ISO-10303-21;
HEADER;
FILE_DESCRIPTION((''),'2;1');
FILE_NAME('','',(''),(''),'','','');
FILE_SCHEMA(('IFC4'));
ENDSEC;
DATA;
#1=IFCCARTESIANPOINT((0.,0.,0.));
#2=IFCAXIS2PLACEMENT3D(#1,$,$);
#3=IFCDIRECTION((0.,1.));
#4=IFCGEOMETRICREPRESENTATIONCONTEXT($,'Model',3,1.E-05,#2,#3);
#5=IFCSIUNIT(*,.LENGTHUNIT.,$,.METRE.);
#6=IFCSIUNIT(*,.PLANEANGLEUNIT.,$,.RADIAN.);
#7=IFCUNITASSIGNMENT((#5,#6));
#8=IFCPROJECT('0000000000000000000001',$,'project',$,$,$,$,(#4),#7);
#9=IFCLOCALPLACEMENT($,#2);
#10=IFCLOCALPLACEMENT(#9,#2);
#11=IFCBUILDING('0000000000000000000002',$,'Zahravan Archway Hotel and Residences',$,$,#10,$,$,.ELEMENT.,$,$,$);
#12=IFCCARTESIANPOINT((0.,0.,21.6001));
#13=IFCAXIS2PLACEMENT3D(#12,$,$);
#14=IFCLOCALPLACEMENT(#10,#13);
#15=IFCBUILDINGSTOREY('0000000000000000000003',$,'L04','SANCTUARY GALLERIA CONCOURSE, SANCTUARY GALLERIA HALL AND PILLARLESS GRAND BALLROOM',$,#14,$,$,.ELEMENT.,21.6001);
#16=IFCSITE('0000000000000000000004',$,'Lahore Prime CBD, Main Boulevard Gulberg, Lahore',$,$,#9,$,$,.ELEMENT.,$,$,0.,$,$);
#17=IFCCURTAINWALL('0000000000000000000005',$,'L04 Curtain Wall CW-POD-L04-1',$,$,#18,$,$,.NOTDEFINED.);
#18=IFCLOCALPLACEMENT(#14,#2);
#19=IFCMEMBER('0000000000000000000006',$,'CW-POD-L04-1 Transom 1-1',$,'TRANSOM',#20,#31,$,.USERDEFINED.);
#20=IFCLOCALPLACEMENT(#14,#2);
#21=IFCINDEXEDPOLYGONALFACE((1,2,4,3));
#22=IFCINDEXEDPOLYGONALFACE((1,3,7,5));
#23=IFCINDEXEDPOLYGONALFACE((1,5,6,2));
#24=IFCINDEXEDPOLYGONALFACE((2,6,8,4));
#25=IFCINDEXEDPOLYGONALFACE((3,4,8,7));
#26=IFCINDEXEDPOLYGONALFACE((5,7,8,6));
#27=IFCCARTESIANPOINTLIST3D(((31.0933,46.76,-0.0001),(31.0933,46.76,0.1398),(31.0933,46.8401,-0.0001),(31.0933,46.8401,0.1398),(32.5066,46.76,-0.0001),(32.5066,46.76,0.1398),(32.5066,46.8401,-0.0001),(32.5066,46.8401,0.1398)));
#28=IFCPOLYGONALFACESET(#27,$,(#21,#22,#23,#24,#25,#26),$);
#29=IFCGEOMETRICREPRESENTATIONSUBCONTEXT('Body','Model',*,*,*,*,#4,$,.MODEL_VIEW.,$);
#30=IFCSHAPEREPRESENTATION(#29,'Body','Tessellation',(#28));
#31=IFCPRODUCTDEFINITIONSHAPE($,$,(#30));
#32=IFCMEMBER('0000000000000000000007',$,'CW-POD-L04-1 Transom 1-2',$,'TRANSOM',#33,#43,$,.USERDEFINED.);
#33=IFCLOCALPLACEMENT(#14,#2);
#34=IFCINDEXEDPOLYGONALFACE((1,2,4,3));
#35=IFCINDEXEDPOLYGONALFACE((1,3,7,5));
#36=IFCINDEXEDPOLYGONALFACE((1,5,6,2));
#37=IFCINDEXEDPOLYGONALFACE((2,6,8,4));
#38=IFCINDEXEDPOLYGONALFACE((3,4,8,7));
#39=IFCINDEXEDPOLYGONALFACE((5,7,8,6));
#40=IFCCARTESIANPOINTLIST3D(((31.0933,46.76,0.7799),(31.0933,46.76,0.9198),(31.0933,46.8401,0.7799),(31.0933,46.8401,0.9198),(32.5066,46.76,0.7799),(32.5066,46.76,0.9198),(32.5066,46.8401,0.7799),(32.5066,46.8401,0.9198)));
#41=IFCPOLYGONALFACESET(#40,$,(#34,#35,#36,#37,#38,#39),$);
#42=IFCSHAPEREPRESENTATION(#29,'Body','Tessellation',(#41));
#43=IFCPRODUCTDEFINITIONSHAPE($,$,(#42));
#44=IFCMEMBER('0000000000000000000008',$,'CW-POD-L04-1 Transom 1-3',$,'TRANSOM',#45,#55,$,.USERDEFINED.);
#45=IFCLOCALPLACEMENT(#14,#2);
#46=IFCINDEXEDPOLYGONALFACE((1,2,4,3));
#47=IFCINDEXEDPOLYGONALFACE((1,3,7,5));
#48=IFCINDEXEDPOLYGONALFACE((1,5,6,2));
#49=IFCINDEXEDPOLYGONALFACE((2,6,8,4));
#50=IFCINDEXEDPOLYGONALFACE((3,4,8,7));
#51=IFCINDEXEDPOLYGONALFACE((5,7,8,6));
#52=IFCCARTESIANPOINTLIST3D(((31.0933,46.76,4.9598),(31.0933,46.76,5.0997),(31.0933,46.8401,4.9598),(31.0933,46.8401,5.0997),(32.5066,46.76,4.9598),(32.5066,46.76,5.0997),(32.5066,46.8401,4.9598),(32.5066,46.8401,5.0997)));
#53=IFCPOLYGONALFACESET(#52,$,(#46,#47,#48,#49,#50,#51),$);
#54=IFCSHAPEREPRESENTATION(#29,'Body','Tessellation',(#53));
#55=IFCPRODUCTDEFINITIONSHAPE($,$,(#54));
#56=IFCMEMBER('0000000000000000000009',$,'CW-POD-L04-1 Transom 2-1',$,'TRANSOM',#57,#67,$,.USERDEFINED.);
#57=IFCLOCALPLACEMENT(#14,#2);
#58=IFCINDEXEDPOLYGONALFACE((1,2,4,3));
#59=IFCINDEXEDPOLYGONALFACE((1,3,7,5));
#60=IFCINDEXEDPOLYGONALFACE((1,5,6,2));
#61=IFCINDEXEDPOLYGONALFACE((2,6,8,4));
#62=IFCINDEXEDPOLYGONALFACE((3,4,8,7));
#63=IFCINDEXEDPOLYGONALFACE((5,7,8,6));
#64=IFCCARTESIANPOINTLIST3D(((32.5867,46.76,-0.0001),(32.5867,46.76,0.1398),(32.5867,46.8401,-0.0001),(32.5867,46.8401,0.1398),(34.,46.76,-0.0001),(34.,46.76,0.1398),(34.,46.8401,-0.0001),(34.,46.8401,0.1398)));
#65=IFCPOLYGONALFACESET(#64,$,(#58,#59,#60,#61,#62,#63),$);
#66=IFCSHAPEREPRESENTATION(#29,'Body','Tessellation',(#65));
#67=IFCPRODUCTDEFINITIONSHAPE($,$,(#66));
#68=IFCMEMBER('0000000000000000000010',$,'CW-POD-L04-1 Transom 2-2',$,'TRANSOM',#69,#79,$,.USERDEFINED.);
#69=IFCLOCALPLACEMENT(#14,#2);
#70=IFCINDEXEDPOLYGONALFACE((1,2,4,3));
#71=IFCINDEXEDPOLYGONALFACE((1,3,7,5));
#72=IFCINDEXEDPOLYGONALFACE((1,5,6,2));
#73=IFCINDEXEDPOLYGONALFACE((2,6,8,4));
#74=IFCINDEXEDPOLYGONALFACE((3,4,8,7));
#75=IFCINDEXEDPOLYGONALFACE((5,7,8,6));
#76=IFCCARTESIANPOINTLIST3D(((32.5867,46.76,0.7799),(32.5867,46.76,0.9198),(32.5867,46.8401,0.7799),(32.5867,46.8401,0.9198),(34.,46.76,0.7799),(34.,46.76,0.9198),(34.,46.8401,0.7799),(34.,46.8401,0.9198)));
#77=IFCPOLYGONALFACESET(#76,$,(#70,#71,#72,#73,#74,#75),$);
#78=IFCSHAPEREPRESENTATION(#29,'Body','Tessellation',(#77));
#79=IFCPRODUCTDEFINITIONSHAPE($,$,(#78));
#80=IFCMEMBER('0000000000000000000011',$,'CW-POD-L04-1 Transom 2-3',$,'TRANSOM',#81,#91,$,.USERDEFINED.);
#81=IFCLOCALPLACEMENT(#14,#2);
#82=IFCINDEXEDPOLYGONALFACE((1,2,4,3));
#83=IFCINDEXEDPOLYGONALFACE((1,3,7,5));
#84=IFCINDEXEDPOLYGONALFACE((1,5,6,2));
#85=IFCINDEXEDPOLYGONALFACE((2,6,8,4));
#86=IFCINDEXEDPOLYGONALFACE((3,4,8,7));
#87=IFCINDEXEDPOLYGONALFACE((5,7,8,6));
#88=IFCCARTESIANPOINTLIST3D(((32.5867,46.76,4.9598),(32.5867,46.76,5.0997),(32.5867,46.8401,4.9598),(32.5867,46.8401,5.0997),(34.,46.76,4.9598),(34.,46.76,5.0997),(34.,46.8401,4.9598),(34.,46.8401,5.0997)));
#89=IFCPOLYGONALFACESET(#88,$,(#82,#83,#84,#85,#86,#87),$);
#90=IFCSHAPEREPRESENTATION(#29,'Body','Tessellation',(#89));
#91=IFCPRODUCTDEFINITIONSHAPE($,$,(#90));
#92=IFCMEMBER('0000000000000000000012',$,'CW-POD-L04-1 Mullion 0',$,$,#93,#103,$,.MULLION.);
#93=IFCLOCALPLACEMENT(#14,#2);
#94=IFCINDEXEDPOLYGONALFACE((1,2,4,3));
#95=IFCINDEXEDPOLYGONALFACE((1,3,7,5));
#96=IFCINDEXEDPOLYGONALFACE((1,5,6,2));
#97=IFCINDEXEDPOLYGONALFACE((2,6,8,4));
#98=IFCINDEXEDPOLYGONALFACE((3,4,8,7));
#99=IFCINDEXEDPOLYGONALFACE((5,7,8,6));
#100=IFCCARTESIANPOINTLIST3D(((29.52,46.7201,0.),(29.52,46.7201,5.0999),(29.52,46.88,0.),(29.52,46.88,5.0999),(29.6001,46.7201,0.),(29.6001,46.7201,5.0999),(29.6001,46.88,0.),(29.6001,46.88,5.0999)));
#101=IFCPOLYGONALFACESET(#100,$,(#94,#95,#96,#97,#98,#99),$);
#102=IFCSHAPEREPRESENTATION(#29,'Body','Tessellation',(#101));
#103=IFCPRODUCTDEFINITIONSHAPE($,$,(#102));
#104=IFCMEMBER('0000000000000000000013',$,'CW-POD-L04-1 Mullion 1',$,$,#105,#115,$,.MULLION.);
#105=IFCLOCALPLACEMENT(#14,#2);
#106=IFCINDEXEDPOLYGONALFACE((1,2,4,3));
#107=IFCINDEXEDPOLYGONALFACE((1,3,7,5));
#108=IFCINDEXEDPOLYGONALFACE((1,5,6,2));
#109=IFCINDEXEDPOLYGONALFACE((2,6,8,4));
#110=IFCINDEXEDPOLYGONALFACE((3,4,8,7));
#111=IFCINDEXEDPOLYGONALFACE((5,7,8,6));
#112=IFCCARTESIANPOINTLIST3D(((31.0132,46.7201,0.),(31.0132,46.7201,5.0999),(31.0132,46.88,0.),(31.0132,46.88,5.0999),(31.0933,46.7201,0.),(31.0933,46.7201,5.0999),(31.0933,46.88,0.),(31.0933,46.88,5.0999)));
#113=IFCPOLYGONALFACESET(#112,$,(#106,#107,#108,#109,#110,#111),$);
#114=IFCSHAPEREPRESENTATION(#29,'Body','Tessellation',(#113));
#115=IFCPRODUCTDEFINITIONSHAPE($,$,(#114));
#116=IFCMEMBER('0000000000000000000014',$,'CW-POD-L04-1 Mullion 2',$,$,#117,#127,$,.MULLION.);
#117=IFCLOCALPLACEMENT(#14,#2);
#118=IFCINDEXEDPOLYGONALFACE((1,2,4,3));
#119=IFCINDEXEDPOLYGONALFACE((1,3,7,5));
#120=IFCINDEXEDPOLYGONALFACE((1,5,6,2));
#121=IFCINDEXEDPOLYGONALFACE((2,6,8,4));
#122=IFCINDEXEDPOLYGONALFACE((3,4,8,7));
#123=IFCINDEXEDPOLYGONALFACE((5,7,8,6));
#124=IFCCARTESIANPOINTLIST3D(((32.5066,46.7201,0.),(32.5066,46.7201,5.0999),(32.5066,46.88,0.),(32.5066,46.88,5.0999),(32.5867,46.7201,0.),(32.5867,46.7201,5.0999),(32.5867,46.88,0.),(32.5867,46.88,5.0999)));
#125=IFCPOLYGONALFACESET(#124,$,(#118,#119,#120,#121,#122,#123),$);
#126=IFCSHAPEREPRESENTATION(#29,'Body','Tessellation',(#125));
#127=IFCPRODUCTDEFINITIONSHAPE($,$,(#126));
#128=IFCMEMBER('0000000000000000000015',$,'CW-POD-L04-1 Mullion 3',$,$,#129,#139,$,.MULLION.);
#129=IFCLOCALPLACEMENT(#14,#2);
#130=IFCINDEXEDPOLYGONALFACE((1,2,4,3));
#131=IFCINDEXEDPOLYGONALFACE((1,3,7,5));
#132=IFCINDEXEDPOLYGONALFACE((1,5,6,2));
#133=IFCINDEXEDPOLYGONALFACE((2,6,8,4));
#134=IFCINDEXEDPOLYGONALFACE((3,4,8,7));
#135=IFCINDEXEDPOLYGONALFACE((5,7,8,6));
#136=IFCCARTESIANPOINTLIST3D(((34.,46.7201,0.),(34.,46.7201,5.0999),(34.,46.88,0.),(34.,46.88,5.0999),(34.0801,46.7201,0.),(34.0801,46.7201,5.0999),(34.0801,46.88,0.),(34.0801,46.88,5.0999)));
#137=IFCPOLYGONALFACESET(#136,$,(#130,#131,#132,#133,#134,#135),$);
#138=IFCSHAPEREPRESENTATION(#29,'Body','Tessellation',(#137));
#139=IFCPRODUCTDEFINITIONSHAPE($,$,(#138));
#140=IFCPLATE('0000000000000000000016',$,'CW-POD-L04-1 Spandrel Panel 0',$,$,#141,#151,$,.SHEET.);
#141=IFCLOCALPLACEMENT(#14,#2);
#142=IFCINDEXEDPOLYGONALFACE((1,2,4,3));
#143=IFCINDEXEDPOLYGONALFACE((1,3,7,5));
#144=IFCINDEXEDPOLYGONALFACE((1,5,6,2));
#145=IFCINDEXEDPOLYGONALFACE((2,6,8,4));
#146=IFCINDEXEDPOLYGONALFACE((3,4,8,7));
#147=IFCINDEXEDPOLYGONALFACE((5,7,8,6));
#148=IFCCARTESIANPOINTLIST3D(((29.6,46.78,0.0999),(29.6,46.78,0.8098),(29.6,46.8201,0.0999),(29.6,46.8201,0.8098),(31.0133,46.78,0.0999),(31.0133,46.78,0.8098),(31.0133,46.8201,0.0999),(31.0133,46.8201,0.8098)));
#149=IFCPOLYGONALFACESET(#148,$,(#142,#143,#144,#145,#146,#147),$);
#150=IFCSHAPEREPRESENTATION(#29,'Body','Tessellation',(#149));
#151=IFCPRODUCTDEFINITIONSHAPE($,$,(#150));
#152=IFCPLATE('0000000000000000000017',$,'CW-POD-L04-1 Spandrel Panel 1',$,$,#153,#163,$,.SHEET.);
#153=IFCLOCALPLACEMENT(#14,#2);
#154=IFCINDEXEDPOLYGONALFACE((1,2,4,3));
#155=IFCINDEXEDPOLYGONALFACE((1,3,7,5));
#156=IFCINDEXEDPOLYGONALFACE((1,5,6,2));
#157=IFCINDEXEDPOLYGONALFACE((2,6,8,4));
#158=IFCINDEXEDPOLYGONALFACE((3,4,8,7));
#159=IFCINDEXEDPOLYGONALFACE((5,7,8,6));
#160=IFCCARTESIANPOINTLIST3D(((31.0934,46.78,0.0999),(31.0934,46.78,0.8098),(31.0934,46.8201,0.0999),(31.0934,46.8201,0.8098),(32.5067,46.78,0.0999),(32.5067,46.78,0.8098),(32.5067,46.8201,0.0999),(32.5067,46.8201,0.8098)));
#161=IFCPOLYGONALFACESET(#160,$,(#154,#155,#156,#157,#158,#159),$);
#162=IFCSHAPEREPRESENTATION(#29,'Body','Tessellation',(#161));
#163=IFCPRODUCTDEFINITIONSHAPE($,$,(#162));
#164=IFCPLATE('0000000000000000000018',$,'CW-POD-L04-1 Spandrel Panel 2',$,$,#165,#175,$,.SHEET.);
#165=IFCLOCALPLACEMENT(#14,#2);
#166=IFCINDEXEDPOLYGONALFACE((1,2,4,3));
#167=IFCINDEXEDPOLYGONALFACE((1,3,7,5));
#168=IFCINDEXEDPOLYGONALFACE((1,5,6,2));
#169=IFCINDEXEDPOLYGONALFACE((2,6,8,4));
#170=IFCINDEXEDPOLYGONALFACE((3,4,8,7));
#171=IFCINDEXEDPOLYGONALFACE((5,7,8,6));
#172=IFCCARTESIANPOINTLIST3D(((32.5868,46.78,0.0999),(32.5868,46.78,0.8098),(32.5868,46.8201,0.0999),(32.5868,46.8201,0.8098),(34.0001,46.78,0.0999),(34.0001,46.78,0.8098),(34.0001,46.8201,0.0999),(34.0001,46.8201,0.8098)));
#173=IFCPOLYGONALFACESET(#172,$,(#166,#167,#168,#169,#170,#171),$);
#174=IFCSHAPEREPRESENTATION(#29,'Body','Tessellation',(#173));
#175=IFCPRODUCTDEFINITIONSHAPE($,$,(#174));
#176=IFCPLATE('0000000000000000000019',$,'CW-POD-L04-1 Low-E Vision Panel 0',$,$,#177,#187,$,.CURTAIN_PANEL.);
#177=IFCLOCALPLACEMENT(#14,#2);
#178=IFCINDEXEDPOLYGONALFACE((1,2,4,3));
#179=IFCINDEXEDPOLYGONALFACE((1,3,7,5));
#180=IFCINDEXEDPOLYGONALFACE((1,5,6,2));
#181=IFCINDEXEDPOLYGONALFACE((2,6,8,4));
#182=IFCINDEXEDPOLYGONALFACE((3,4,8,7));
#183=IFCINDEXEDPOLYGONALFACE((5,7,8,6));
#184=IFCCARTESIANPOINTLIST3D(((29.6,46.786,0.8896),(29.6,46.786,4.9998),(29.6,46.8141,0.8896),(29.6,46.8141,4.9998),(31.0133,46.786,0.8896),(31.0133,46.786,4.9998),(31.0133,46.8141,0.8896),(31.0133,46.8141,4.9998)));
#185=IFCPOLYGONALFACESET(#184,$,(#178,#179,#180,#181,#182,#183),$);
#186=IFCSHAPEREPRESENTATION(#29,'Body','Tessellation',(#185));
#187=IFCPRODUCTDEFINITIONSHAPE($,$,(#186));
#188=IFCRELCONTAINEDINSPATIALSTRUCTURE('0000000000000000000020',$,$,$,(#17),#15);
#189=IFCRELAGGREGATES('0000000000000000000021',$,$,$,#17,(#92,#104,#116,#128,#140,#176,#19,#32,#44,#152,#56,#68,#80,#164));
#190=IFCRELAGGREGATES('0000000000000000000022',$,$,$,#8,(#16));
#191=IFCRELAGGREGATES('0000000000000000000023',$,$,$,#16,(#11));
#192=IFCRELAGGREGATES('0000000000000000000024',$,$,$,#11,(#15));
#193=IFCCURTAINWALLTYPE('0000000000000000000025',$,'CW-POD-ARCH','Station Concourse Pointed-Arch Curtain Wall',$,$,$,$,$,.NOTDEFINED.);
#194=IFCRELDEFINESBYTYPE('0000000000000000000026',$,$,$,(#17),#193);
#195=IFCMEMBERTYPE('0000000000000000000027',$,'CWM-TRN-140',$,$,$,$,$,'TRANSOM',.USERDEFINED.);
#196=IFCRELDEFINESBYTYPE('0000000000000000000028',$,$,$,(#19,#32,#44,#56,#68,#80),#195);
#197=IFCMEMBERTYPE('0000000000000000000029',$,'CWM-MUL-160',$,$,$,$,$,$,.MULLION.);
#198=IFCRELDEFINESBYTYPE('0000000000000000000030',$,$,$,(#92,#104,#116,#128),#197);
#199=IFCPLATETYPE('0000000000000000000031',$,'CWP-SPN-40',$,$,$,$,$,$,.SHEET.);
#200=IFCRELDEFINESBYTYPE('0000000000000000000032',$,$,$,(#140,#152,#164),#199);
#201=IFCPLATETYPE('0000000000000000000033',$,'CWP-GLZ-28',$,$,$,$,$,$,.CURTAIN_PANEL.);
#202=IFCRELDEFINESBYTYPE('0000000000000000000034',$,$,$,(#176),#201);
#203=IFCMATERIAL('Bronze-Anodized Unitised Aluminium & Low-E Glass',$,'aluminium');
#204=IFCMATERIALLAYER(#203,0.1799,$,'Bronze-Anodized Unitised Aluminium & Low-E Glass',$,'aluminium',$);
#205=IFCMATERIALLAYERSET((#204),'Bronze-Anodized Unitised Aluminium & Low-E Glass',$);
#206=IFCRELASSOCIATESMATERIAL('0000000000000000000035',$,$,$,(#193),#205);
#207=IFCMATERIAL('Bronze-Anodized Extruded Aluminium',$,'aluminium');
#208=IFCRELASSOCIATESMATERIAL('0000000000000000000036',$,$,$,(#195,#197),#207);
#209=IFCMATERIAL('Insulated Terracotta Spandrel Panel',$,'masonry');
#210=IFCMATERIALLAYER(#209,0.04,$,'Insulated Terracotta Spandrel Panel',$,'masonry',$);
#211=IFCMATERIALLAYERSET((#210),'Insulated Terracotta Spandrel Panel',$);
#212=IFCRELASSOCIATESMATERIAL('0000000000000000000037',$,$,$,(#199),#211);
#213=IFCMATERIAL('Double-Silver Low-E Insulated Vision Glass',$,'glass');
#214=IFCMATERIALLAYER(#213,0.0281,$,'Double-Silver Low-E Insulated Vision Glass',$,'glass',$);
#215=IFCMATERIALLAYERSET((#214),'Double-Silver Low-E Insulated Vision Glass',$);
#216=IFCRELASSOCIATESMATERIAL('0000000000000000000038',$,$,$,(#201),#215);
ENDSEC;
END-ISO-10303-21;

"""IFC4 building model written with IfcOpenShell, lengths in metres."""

from ifc_helpers import new_model, si_unit, direction, frame, origin, origin_2d, place, context, subcontext, project, spatial, rectangle, extrude, source, transform, mapped, material, layer, layer_set, material_profile, profile_set, type_object, type_shapes, element, aggregate, save


model = new_model("IFC4")

# Units and contexts
model_context = context("Model", 3, precision=1e-05, world=origin(), true_north=direction((0.0, 1.0)))
body_context = subcontext(model_context, "Body", "Model", "MODEL_VIEW")
ifc_project = project(units=[si_unit("LENGTHUNIT", "METRE"), si_unit("PLANEANGLEUNIT", "RADIAN")], contexts=[model_context])

# Site, building, storey
site_placement = place(None, origin())
site = spatial("IfcSite", under=ifc_project, at=site_placement, Name="Lahore Prime CBD, Main Boulevard Gulberg, Lahore", CompositionType="ELEMENT", RefElevation=0.0)
building_placement = place(site_placement, origin())
building = spatial("IfcBuilding", under=site, at=building_placement, Name="Zahravan Archway Hotel and Residences", CompositionType="ELEMENT")
storey_placement = place(building_placement, frame((0.0, 0.0, 21.6001)))
storey = spatial("IfcBuildingStorey", under=building, at=storey_placement, Name="L04", Description="SANCTUARY GALLERIA CONCOURSE, SANCTUARY GALLERIA HALL AND PILLARLESS GRAND BALLROOM", CompositionType="ELEMENT", Elevation=21.6001)

# Curtain wall, members, plates
ifc_material_1 = material(Name="Bronze-Anodized Unitised Aluminium & Low-E Glass", Category="aluminium")
ifc_layer_1 = layer(ifc_material_1, 0.1799, Name="Bronze-Anodized Unitised Aluminium & Low-E Glass", Category="aluminium")
ifc_layer_set_1 = layer_set([ifc_layer_1], Name="Bronze-Anodized Unitised Aluminium & Low-E Glass")
curtain_wall_type = type_object("IfcCurtainWallType", Name="CW-POD-ARCH", Description="Station Concourse Pointed-Arch Curtain Wall", PredefinedType="NOTDEFINED", material=ifc_layer_set_1)
curtain_wall_placement = place(storey_placement, origin())
curtain_wall = element("IfcCurtainWall", 1, at=curtain_wall_placement, inside=storey, type_object=curtain_wall_type, Name="L04 Curtain Wall CW-POD-L04-1", PredefinedType="NOTDEFINED")
ifc_material_2 = material(Name="Bronze-Anodized Extruded Aluminium", Category="aluminium")
ifc_material_profile_1 = material_profile(ifc_material_2, rectangle(XDim=0.0801, YDim=0.1399, at=origin_2d()), Name="TRN 80x140", Category="aluminium")
ifc_profile_set_1 = profile_set([ifc_material_profile_1], Name="Bronze-Anodized Extruded Aluminium")
member_type_1 = type_object("IfcMemberType", Name="CWM-TRN-140", ElementType="TRANSOM", PredefinedType="USERDEFINED", material=ifc_profile_set_1)
shared_shape_1 = source(origin(), body_context, "Body", "SweptSolid", [
    extrude(rectangle(XDim=0.0801, YDim=0.1399, at=origin_2d()), origin(), (0.0, 0.0, 1.0), 1.4133),
])
member_1_placement = place(storey_placement, frame((31.0933, 46.8, 0.0698), z_axis=(1.0, 0.0, 0.0), x_axis=(0.0, 1.0, 0.0)))
member_1 = element("IfcMember", 2, at=member_1_placement, type_object=member_type_1, Name="CW-POD-L04-1 Transom 1-1", ObjectType="TRANSOM", PredefinedType="USERDEFINED", context=body_context, shape_type="MappedRepresentation", body=[
    mapped(shared_shape_1, transform((0.0, 0.0, 0.0), scale=1.0)),
])
member_2_placement = place(storey_placement, frame((31.0933, 46.8, 0.8499), z_axis=(1.0, 0.0, 0.0), x_axis=(0.0, 1.0, 0.0)))
member_2 = element("IfcMember", 3, at=member_2_placement, type_object=member_type_1, Name="CW-POD-L04-1 Transom 1-2", ObjectType="TRANSOM", PredefinedType="USERDEFINED", context=body_context, shape_type="MappedRepresentation", body=[
    mapped(shared_shape_1, transform((0.0, 0.0, 0.0), scale=1.0)),
])
member_3_placement = place(storey_placement, frame((31.0933, 46.8, 5.0298), z_axis=(1.0, 0.0, 0.0), x_axis=(0.0, 1.0, 0.0)))
member_3 = element("IfcMember", 4, at=member_3_placement, type_object=member_type_1, Name="CW-POD-L04-1 Transom 1-3", ObjectType="TRANSOM", PredefinedType="USERDEFINED", context=body_context, shape_type="MappedRepresentation", body=[
    mapped(shared_shape_1, transform((0.0, 0.0, 0.0), scale=1.0)),
])
member_4_placement = place(storey_placement, frame((32.5867, 46.8, 0.0698), z_axis=(1.0, 0.0, 0.0), x_axis=(0.0, 1.0, 0.0)))
member_4 = element("IfcMember", 5, at=member_4_placement, type_object=member_type_1, Name="CW-POD-L04-1 Transom 2-1", ObjectType="TRANSOM", PredefinedType="USERDEFINED", context=body_context, shape_type="MappedRepresentation", body=[
    mapped(shared_shape_1, transform((0.0, 0.0, 0.0), scale=1.0)),
])
member_5_placement = place(storey_placement, frame((32.5867, 46.8, 0.8499), z_axis=(1.0, 0.0, 0.0), x_axis=(0.0, 1.0, 0.0)))
member_5 = element("IfcMember", 6, at=member_5_placement, type_object=member_type_1, Name="CW-POD-L04-1 Transom 2-2", ObjectType="TRANSOM", PredefinedType="USERDEFINED", context=body_context, shape_type="MappedRepresentation", body=[
    mapped(shared_shape_1, transform((0.0, 0.0, 0.0), scale=1.0)),
])
member_6_placement = place(storey_placement, frame((32.5867, 46.8, 5.0298), z_axis=(1.0, 0.0, 0.0), x_axis=(0.0, 1.0, 0.0)))
member_6 = element("IfcMember", 7, at=member_6_placement, type_object=member_type_1, Name="CW-POD-L04-1 Transom 2-3", ObjectType="TRANSOM", PredefinedType="USERDEFINED", context=body_context, shape_type="MappedRepresentation", body=[
    mapped(shared_shape_1, transform((0.0, 0.0, 0.0), scale=1.0)),
])
ifc_material_profile_2 = material_profile(ifc_material_2, rectangle(XDim=0.0801, YDim=0.1599, at=origin_2d()), Name="MUL 80x160", Category="aluminium")
ifc_profile_set_2 = profile_set([ifc_material_profile_2], Name="Bronze-Anodized Extruded Aluminium")
member_type_2 = type_object("IfcMemberType", Name="CWM-MUL-160", PredefinedType="MULLION", material=ifc_profile_set_2)
shared_shape_2 = source(origin(), body_context, "Body", "SweptSolid", [
    extrude(rectangle(XDim=0.0801, YDim=0.1599, at=origin_2d()), origin(), (0.0, 0.0, 1.0), 5.0999),
])
member_7_placement = place(storey_placement, frame((29.5601, 46.8, 0.0), z_axis=(0.0, 0.0, 1.0), x_axis=(1.0, 0.0, 0.0)))
member_7 = element("IfcMember", 8, at=member_7_placement, type_object=member_type_2, Name="CW-POD-L04-1 Mullion 0", PredefinedType="MULLION", context=body_context, shape_type="MappedRepresentation", body=[
    mapped(shared_shape_2, transform((0.0, 0.0, 0.0), scale=1.0)),
])
member_8_placement = place(storey_placement, frame((31.0532, 46.8, 0.0), z_axis=(0.0, 0.0, 1.0), x_axis=(1.0, 0.0, 0.0)))
member_8 = element("IfcMember", 9, at=member_8_placement, type_object=member_type_2, Name="CW-POD-L04-1 Mullion 1", PredefinedType="MULLION", context=body_context, shape_type="MappedRepresentation", body=[
    mapped(shared_shape_2, transform((0.0, 0.0, 0.0), scale=1.0)),
])
member_9_placement = place(storey_placement, frame((32.5466, 46.8, 0.0), z_axis=(0.0, 0.0, 1.0), x_axis=(1.0, 0.0, 0.0)))
member_9 = element("IfcMember", 10, at=member_9_placement, type_object=member_type_2, Name="CW-POD-L04-1 Mullion 2", PredefinedType="MULLION", context=body_context, shape_type="MappedRepresentation", body=[
    mapped(shared_shape_2, transform((0.0, 0.0, 0.0), scale=1.0)),
])
member_10_placement = place(storey_placement, frame((34.04, 46.8, 0.0), z_axis=(0.0, 0.0, 1.0), x_axis=(1.0, 0.0, 0.0)))
member_10 = element("IfcMember", 11, at=member_10_placement, type_object=member_type_2, Name="CW-POD-L04-1 Mullion 3", PredefinedType="MULLION", context=body_context, shape_type="MappedRepresentation", body=[
    mapped(shared_shape_2, transform((0.0, 0.0, 0.0), scale=1.0)),
])
ifc_material_3 = material(Name="Insulated Terracotta Spandrel Panel", Category="masonry")
ifc_layer_2 = layer(ifc_material_3, 0.04, Name="Insulated Terracotta Spandrel Panel", Category="masonry")
ifc_layer_set_2 = layer_set([ifc_layer_2], Name="Insulated Terracotta Spandrel Panel")
plate_type_1 = type_object("IfcPlateType", Name="CWP-SPN-40", PredefinedType="SHEET", material=ifc_layer_set_2)
shared_shape_3 = source(origin(), body_context, "Body", "SweptSolid", [
    extrude(rectangle(XDim=1.4133, YDim=0.04, at=origin_2d()), origin(), (0.0, 0.0, 1.0), 0.71),
])
type_shapes(plate_type_1, [shared_shape_3])
plate_1_placement = place(storey_placement, frame((30.3066, 46.8, 0.0999), z_axis=(0.0, 0.0, 1.0), x_axis=(1.0, 0.0, 0.0)))
plate_1 = element("IfcPlate", 12, at=plate_1_placement, type_object=plate_type_1, Name="CW-POD-L04-1 Spandrel Panel 0", PredefinedType="SHEET", context=body_context, shape_type="MappedRepresentation", body=[
    mapped(shared_shape_3, transform((0.0, 0.0, 0.0), scale=1.0)),
])
plate_2_placement = place(storey_placement, frame((31.8, 46.8, 0.0999), z_axis=(0.0, 0.0, 1.0), x_axis=(1.0, 0.0, 0.0)))
plate_2 = element("IfcPlate", 13, at=plate_2_placement, type_object=plate_type_1, Name="CW-POD-L04-1 Spandrel Panel 1", PredefinedType="SHEET", context=body_context, shape_type="MappedRepresentation", body=[
    mapped(shared_shape_3, transform((0.0, 0.0, 0.0), scale=1.0)),
])
plate_3_placement = place(storey_placement, frame((33.2935, 46.8, 0.0999), z_axis=(0.0, 0.0, 1.0), x_axis=(1.0, 0.0, 0.0)))
plate_3 = element("IfcPlate", 14, at=plate_3_placement, type_object=plate_type_1, Name="CW-POD-L04-1 Spandrel Panel 2", PredefinedType="SHEET", context=body_context, shape_type="MappedRepresentation", body=[
    mapped(shared_shape_3, transform((0.0, 0.0, 0.0), scale=1.0)),
])
ifc_material_4 = material(Name="Double-Silver Low-E Insulated Vision Glass", Category="glass")
ifc_layer_3 = layer(ifc_material_4, 0.0281, Name="Double-Silver Low-E Insulated Vision Glass", Category="glass")
ifc_layer_set_3 = layer_set([ifc_layer_3], Name="Double-Silver Low-E Insulated Vision Glass")
plate_type_2 = type_object("IfcPlateType", Name="CWP-GLZ-28", PredefinedType="CURTAIN_PANEL", material=ifc_layer_set_3)
shared_shape_4 = source(origin(), body_context, "Body", "SweptSolid", [
    extrude(rectangle(XDim=1.4133, YDim=0.0281, at=origin_2d()), origin(), (0.0, 0.0, 1.0), 4.1101),
])
plate_4_placement = place(storey_placement, frame((30.3066, 46.8, 0.8896), z_axis=(0.0, 0.0, 1.0), x_axis=(1.0, 0.0, 0.0)))
plate_4 = element("IfcPlate", 15, at=plate_4_placement, type_object=plate_type_2, Name="CW-POD-L04-1 Low-E Vision Panel 0", PredefinedType="CURTAIN_PANEL", context=body_context, shape_type="MappedRepresentation", body=[
    mapped(shared_shape_4, transform((0.0, 0.0, 0.0), scale=1.0)),
])
aggregate(curtain_wall, [member_7, member_8, member_9, member_10, plate_1, plate_4, member_1, member_2, member_3, plate_2, member_4, member_5, member_6, plate_3])

save(model, "model.ifc")
